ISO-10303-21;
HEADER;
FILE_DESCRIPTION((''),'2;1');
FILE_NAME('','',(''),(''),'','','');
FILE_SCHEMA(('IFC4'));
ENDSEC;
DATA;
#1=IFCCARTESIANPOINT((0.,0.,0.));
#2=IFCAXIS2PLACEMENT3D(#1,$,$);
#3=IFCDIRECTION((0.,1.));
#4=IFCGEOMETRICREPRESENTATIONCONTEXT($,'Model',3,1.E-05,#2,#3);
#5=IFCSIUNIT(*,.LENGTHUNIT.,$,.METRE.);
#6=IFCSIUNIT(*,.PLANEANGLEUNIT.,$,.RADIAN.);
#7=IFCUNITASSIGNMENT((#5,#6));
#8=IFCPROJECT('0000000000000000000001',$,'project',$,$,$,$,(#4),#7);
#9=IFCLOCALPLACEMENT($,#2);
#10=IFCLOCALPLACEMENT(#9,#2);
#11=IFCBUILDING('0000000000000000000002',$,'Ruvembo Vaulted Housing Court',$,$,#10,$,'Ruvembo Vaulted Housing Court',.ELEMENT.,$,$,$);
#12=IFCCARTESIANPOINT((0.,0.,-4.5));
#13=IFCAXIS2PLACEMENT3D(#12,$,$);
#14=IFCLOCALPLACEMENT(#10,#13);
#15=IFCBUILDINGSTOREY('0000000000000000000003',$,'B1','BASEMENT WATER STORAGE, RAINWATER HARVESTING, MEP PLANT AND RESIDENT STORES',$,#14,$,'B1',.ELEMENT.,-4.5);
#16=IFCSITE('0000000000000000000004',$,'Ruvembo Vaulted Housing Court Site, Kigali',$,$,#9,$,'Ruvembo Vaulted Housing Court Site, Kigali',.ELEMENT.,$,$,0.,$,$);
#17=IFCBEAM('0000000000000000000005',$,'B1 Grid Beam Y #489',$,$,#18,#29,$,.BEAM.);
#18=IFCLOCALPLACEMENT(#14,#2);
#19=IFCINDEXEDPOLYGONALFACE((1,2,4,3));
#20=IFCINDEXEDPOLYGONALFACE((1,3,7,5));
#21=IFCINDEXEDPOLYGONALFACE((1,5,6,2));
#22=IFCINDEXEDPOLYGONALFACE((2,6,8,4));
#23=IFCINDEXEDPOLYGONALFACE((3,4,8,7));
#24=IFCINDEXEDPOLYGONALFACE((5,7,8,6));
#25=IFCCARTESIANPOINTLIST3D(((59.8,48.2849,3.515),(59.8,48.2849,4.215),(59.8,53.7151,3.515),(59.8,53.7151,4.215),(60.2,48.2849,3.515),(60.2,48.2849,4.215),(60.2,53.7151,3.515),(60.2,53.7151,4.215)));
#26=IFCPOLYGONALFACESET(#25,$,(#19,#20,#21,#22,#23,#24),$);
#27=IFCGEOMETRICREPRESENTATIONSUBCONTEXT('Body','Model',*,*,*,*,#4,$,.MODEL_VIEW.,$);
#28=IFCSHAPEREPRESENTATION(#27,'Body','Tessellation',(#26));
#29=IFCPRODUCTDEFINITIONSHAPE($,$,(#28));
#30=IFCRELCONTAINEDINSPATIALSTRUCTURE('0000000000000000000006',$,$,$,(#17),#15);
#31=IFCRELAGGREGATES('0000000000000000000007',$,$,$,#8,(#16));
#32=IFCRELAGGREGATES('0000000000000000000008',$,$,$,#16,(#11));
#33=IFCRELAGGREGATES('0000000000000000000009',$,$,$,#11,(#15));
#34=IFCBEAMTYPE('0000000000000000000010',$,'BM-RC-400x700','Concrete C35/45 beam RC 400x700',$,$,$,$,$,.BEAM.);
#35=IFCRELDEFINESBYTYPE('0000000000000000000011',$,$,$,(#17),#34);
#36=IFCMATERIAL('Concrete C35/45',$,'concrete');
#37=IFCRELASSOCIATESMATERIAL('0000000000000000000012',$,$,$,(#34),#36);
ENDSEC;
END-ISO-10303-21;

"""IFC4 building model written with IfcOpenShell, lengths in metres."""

from ifc_helpers import new_model, si_unit, direction, frame, origin, origin_2d, place, context, subcontext, project, spatial, rectangle, extrude, material, material_profile, profile_set, type_object, element, save


model = new_model("IFC4")

# Units and contexts
model_context = context("Model", 3, precision=1e-05, world=origin(), true_north=direction((0.0, 1.0)))
body_context = subcontext(model_context, "Body", "Model", "MODEL_VIEW")
ifc_project = project(units=[si_unit("LENGTHUNIT", "METRE"), si_unit("PLANEANGLEUNIT", "RADIAN")], contexts=[model_context])

# Site, building, storey
site_placement = place(None, origin())
site = spatial("IfcSite", under=ifc_project, at=site_placement, Name="Ruvembo Vaulted Housing Court Site, Kigali", LongName="Ruvembo Vaulted Housing Court Site, Kigali", CompositionType="ELEMENT", RefElevation=0.0)
building_placement = place(site_placement, origin())
building = spatial("IfcBuilding", under=site, at=building_placement, Name="Ruvembo Vaulted Housing Court", LongName="Ruvembo Vaulted Housing Court", CompositionType="ELEMENT")
storey_placement = place(building_placement, frame((0.0, 0.0, -4.5)))
storey = spatial("IfcBuildingStorey", under=building, at=storey_placement, Name="B1", Description="BASEMENT WATER STORAGE, RAINWATER HARVESTING, MEP PLANT AND RESIDENT STORES", LongName="B1", CompositionType="ELEMENT", Elevation=-4.5)

# Shared definitions
ifc_material_1 = material(Name="Concrete C35/45", Category="concrete")

# Beam
ifc_material_profile_1 = material_profile(ifc_material_1, rectangle(XDim=0.3999, YDim=0.7, at=origin_2d()), Name="RC 400x700")
ifc_profile_set_1 = profile_set([ifc_material_profile_1], Name="Concrete C35/45")
beam_type_1 = type_object("IfcBeamType", Name="BM-RC-400x700", Description="Concrete C35/45 beam RC 400x700", PredefinedType="BEAM", material=ifc_profile_set_1)
for number, where, z_axis, x_axis, name in (
    (1, (60.0, 48.2849, 3.865), (0.0, 1.0, 0.0), (-1.0, 0.0, 0.0), "B1 Grid Beam Y #489"),
):
    element("IfcBeam", number, at=place(storey_placement, frame(where, z_axis=z_axis, x_axis=x_axis)), inside=storey, type_object=beam_type_1, Name=name, PredefinedType="BEAM", context=body_context, shape_type="SweptSolid", body=[
        extrude(rectangle(XDim=0.3999, YDim=0.7, at=origin_2d()), origin(), (0.0, 0.0, 1.0), 5.4302),
    ])

save(model, "model.ifc")
